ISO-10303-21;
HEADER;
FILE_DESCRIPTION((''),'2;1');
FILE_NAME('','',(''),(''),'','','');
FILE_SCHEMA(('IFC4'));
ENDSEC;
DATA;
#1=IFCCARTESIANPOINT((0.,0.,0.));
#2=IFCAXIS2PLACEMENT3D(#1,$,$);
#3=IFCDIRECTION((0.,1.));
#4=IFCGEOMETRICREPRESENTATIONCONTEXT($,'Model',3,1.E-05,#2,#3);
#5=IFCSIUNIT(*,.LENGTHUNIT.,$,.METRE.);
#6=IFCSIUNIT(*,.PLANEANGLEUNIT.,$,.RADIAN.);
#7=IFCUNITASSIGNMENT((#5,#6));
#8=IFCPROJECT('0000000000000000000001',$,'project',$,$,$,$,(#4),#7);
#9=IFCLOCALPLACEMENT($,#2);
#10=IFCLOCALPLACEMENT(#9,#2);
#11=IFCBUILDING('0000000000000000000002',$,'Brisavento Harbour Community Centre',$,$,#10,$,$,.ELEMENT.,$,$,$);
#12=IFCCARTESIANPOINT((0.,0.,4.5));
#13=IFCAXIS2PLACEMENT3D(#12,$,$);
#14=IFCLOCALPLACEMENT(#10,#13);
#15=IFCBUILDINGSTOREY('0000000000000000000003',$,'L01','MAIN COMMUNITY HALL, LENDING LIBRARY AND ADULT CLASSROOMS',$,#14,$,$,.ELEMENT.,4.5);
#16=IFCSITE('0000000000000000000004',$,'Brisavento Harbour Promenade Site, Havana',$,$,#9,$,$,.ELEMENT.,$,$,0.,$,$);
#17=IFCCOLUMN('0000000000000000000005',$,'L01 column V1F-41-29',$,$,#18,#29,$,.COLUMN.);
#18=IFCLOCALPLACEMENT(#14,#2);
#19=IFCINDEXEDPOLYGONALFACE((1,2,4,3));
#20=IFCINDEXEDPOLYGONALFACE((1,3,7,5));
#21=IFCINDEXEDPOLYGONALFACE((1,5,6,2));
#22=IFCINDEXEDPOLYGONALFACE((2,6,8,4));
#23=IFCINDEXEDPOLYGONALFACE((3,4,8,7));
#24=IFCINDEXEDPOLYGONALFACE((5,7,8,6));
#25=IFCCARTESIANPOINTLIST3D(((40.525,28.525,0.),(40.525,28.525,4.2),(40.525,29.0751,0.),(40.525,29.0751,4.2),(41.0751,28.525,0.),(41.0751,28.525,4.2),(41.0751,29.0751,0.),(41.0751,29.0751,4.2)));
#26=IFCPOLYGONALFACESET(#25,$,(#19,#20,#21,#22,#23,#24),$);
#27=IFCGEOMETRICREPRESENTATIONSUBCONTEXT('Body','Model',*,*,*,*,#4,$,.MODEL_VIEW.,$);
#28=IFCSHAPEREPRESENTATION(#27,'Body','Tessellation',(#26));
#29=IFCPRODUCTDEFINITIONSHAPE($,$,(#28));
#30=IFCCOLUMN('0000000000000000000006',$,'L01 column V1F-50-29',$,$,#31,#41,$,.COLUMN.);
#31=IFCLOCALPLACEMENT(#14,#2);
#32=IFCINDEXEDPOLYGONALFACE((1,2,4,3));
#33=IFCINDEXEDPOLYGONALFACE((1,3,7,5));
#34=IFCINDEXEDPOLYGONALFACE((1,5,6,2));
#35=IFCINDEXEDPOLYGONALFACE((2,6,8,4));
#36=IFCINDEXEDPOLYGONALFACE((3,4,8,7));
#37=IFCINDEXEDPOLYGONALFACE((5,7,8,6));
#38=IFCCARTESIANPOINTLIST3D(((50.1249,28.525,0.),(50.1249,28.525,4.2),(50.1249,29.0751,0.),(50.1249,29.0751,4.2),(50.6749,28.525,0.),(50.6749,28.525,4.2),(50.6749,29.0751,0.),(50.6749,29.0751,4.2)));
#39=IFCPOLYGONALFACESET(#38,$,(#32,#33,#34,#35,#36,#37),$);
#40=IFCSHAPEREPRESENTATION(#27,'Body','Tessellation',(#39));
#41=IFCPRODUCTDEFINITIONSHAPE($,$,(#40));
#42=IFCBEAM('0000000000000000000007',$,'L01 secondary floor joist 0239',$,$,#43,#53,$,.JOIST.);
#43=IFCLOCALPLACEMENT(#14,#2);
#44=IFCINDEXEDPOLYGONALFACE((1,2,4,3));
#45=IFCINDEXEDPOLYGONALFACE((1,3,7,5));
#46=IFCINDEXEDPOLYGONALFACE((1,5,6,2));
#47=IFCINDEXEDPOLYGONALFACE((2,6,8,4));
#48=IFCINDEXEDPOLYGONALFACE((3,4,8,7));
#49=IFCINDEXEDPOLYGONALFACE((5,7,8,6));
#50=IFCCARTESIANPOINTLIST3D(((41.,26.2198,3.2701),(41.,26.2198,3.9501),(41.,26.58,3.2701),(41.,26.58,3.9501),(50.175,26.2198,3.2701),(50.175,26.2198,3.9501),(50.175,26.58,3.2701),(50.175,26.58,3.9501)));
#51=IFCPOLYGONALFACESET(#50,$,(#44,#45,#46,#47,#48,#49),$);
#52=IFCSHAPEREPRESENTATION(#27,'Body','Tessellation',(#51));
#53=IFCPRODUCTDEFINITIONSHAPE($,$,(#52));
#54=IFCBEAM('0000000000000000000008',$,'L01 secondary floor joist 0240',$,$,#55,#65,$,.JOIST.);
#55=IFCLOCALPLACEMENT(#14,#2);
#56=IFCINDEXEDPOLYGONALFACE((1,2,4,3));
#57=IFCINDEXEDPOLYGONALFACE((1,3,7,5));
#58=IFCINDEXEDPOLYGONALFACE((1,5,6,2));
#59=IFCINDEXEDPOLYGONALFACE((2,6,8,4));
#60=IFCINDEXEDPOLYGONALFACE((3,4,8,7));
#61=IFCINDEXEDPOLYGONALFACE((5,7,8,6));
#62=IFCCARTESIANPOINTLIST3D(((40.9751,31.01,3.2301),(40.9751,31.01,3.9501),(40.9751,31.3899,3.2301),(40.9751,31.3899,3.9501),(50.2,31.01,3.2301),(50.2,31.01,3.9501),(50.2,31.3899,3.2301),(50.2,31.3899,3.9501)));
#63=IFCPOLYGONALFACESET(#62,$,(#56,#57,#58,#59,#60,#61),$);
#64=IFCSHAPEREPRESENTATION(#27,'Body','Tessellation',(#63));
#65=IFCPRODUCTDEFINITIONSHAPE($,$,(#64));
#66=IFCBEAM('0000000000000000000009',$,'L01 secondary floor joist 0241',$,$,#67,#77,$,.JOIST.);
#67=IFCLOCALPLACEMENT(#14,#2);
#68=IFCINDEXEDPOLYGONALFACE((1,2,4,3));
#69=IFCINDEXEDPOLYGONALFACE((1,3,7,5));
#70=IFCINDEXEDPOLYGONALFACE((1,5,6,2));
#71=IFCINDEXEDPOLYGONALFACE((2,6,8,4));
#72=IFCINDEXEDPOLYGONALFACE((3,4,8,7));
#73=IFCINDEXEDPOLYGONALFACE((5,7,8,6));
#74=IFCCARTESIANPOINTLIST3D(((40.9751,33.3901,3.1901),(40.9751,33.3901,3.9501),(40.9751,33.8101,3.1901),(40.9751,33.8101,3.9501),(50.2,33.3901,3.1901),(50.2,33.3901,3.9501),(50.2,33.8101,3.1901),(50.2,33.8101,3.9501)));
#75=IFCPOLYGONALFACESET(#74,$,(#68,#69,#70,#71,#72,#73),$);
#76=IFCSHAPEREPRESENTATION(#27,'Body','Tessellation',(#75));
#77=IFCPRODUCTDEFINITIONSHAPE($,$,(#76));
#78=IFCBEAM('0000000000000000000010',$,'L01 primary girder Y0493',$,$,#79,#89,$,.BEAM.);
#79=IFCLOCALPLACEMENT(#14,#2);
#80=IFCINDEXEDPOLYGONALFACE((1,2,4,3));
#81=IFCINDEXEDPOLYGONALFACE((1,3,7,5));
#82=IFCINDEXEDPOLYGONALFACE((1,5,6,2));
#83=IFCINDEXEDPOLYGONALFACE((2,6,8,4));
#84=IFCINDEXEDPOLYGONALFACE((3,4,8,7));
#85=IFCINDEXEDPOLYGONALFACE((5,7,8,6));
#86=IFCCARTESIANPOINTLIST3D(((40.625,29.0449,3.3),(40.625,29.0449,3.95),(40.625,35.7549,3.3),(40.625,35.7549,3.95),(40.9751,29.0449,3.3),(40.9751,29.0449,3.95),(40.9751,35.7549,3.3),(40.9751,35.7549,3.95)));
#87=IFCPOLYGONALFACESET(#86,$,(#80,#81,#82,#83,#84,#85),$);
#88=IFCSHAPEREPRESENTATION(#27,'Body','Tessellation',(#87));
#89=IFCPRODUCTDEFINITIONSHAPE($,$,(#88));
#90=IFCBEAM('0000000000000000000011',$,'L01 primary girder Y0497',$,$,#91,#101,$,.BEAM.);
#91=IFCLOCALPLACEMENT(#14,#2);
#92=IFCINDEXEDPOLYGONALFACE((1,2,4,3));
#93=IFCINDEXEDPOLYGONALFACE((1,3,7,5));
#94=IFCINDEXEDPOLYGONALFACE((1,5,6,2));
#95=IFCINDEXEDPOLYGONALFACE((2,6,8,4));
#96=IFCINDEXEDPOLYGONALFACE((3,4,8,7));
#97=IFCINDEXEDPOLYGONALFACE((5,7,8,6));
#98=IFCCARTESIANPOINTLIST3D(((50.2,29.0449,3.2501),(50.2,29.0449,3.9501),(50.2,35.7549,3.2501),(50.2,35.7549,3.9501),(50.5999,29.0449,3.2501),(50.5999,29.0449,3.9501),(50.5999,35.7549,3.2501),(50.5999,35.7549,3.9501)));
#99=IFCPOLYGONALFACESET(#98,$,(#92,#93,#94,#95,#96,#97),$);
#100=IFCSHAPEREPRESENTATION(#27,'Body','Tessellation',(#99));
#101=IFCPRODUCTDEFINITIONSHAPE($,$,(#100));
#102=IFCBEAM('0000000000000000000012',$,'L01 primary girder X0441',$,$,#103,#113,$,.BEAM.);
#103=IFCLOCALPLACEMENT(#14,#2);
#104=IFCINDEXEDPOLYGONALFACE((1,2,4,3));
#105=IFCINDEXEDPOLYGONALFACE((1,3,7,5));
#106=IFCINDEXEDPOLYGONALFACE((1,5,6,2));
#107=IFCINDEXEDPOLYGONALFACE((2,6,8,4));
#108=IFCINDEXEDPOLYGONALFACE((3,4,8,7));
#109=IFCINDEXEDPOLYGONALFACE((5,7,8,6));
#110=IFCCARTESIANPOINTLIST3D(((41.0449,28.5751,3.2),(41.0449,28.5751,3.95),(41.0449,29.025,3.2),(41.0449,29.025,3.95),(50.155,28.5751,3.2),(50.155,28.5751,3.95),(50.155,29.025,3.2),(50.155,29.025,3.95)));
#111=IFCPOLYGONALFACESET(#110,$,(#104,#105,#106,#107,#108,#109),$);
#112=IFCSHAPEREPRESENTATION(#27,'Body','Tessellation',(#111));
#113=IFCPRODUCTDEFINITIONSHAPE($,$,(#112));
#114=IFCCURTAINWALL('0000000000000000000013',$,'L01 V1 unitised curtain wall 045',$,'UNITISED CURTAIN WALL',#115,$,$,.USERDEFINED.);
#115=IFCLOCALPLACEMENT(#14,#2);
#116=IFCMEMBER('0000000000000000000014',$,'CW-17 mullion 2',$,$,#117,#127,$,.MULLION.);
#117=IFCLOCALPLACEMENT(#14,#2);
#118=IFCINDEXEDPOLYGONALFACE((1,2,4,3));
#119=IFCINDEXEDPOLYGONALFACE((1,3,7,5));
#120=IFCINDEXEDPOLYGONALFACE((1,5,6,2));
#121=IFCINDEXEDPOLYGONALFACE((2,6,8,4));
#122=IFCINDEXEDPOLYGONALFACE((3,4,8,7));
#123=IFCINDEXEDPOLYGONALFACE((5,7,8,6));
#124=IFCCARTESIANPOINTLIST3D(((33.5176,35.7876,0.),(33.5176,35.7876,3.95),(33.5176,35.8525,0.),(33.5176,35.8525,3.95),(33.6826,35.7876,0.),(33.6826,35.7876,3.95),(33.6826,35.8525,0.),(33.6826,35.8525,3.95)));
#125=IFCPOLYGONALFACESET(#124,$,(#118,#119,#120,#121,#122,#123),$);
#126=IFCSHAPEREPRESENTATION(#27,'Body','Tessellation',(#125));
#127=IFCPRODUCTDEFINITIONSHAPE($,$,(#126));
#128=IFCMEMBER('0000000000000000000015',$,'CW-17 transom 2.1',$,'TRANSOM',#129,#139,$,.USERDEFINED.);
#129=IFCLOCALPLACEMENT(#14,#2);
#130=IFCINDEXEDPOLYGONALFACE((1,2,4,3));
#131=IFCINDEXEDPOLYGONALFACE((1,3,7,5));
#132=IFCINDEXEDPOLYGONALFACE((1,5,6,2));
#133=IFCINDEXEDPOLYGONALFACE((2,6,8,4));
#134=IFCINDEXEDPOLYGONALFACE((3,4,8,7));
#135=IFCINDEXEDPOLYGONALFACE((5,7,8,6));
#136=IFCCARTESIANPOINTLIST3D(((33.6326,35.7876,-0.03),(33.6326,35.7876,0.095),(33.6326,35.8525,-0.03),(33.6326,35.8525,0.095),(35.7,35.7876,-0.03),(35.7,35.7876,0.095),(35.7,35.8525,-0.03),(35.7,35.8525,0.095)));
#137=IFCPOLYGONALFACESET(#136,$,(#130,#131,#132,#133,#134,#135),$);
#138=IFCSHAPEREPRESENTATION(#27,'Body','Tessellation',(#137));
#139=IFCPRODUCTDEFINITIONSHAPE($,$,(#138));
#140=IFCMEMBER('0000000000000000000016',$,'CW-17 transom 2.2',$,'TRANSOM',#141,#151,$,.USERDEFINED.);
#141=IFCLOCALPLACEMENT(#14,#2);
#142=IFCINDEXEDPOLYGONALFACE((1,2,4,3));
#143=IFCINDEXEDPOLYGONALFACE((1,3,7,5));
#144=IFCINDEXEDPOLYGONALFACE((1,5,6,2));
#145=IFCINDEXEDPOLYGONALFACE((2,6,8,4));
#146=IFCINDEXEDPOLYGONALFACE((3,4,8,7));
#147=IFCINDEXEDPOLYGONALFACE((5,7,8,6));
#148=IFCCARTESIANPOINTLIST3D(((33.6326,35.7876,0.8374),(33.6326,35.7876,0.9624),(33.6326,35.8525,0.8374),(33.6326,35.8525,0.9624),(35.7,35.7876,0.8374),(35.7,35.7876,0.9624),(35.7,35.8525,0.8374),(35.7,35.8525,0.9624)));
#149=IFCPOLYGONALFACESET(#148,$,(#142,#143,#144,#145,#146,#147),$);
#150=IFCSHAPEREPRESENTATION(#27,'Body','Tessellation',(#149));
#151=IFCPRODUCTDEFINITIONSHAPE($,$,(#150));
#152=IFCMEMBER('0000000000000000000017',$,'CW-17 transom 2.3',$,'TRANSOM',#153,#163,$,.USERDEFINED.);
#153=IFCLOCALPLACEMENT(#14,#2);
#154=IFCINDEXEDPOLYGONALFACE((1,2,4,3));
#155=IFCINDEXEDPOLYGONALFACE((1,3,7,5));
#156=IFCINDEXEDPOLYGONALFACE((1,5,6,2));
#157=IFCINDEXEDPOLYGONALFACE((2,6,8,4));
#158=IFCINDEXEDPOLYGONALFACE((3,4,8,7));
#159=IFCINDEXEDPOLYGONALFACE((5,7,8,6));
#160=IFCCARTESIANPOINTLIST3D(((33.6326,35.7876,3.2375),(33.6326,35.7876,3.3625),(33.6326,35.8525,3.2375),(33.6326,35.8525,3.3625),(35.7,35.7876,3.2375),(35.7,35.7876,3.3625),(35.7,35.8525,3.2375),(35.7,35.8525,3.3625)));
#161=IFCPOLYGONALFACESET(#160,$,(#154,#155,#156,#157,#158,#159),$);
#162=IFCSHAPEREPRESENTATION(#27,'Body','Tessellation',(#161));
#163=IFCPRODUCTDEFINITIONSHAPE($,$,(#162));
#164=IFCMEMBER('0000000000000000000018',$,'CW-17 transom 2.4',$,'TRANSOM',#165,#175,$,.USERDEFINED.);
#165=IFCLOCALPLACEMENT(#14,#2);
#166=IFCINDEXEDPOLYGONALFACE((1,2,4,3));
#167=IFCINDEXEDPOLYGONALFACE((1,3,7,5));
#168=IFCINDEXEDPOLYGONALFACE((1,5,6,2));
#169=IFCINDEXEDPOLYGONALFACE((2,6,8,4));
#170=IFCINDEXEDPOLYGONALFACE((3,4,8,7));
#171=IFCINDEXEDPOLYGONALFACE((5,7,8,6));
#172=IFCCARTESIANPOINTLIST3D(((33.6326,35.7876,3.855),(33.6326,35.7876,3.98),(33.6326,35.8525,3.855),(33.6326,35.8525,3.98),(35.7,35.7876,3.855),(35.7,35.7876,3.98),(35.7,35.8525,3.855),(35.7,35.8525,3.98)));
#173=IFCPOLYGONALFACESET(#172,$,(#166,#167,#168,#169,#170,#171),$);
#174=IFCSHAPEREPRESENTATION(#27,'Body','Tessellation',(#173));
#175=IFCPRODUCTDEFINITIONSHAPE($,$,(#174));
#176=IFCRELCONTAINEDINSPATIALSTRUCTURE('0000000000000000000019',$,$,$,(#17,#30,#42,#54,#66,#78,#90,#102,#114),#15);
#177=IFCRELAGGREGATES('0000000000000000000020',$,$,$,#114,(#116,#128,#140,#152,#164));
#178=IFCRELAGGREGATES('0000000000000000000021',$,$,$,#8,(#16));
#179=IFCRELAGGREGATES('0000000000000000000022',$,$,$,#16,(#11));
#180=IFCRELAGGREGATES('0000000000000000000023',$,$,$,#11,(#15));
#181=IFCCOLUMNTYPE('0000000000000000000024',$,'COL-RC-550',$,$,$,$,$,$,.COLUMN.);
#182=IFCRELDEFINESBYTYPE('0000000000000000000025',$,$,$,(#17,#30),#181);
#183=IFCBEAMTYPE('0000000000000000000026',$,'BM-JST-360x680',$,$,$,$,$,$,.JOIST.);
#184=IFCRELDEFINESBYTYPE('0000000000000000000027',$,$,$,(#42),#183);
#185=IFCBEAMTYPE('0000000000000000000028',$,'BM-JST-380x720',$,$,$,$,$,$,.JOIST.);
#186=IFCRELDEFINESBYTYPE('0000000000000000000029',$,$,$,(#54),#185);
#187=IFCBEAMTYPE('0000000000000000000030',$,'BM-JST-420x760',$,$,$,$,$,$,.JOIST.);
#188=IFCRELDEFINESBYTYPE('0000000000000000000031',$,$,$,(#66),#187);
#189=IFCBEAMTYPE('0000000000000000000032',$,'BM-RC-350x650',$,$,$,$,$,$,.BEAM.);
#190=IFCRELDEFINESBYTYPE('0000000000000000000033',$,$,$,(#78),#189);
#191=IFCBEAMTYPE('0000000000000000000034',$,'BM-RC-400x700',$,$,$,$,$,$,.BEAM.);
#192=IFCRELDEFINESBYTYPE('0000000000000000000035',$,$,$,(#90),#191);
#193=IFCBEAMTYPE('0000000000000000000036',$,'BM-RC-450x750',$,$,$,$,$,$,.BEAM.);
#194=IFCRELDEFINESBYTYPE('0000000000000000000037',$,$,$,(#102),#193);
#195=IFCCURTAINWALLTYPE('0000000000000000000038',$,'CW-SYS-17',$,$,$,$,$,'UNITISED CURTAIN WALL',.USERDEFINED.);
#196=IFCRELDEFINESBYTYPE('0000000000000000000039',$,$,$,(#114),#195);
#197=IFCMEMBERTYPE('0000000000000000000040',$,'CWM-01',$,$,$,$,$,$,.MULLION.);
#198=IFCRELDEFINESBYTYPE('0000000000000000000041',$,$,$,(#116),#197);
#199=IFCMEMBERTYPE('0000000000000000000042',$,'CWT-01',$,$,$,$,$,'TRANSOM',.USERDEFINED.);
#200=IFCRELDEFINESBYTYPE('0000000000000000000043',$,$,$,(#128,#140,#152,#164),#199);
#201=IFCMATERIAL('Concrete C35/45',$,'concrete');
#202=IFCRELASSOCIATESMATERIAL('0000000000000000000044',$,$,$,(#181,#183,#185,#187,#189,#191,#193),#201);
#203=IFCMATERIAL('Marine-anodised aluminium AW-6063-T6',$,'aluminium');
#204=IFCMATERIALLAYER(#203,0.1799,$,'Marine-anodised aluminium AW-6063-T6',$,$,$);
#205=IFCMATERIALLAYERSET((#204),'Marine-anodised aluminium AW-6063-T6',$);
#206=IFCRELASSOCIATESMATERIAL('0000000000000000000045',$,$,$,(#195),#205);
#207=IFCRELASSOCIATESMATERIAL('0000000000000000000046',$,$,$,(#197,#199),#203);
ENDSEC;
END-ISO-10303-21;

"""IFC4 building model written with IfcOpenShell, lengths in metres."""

from ifc_helpers import new_model, si_unit, direction, frame, origin, origin_2d, place, context, subcontext, project, spatial, rectangle, extrude, material, layer, layer_set, material_profile, profile_set, type_object, element, aggregate, save


model = new_model("IFC4")

# Units and contexts
model_context = context("Model", 3, precision=1e-05, world=origin(), true_north=direction((0.0, 1.0)))
body_context = subcontext(model_context, "Body", "Model", "MODEL_VIEW")
ifc_project = project(units=[si_unit("LENGTHUNIT", "METRE"), si_unit("PLANEANGLEUNIT", "RADIAN")], contexts=[model_context])

# Site, building, storey
site_placement = place(None, origin())
site = spatial("IfcSite", under=ifc_project, at=site_placement, Name="Brisavento Harbour Promenade Site, Havana", CompositionType="ELEMENT", RefElevation=0.0)
building_placement = place(site_placement, origin())
building = spatial("IfcBuilding", under=site, at=building_placement, Name="Brisavento Harbour Community Centre", CompositionType="ELEMENT")
storey_placement = place(building_placement, frame((0.0, 0.0, 4.5)))
storey = spatial("IfcBuildingStorey", under=building, at=storey_placement, Name="L01", Description="MAIN COMMUNITY HALL, LENDING LIBRARY AND ADULT CLASSROOMS", CompositionType="ELEMENT", Elevation=4.5)

# Columns
ifc_material_1 = material(Name="Concrete C35/45", Category="concrete")
ifc_material_profile_1 = material_profile(ifc_material_1, rectangle(XDim=0.55, YDim=0.55, at=origin_2d()), Name="Concrete C35/45")
ifc_profile_set_1 = profile_set([ifc_material_profile_1], Name="Concrete C35/45")
column_type = type_object("IfcColumnType", Name="COL-RC-550", PredefinedType="COLUMN", material=ifc_profile_set_1)
for number, where, z_axis, x_axis, name in (
    (1, (40.8, 28.8, 0.0), (0.0, 0.0, 1.0), (1.0, 0.0, 0.0), "L01 column V1F-41-29"),
    (2, (50.3999, 28.8, 0.0), (0.0, 0.0, 1.0), (1.0, 0.0, 0.0), "L01 column V1F-50-29"),
):
    element("IfcColumn", number, at=place(storey_placement, frame(where, z_axis=z_axis, x_axis=x_axis)), inside=storey, type_object=column_type, Name=name, PredefinedType="COLUMN", context=body_context, shape_type="SweptSolid", body=[
        extrude(rectangle(XDim=0.55, YDim=0.55, at=origin_2d()), origin(), (0.0, 0.0, 1.0), 4.2),
    ])

# Beams
ifc_material_profile_2 = material_profile(ifc_material_1, rectangle(XDim=0.3601, YDim=0.6799, at=origin_2d()), Name="Concrete C35/45")
ifc_profile_set_2 = profile_set([ifc_material_profile_2], Name="Concrete C35/45")
beam_type_1 = type_object("IfcBeamType", Name="BM-JST-360x680", PredefinedType="JOIST", material=ifc_profile_set_2)
beam_1_placement = place(storey_placement, frame((41.0, 26.3999, 3.6101), z_axis=(1.0, 0.0, 0.0), x_axis=(0.0, 1.0, 0.0)))
element("IfcBeam", 3, at=beam_1_placement, inside=storey, type_object=beam_type_1, Name="L01 secondary floor joist 0239", PredefinedType="JOIST", context=body_context, shape_type="SweptSolid", body=[
    extrude(rectangle(XDim=0.3601, YDim=0.6799, at=origin_2d()), origin(), (0.0, 0.0, 1.0), 9.175),
])
ifc_material_profile_3 = material_profile(ifc_material_1, rectangle(XDim=0.3799, YDim=0.72, at=origin_2d()), Name="Concrete C35/45")
ifc_profile_set_3 = profile_set([ifc_material_profile_3], Name="Concrete C35/45")
beam_type_2 = type_object("IfcBeamType", Name="BM-JST-380x720", PredefinedType="JOIST", material=ifc_profile_set_3)
beam_2_placement = place(storey_placement, frame((40.9751, 31.2, 3.5901), z_axis=(1.0, 0.0, 0.0), x_axis=(0.0, 1.0, 0.0)))
element("IfcBeam", 4, at=beam_2_placement, inside=storey, type_object=beam_type_2, Name="L01 secondary floor joist 0240", PredefinedType="JOIST", context=body_context, shape_type="SweptSolid", body=[
    extrude(rectangle(XDim=0.3799, YDim=0.72, at=origin_2d()), origin(), (0.0, 0.0, 1.0), 9.2249),
])
ifc_material_profile_4 = material_profile(ifc_material_1, rectangle(XDim=0.4199, YDim=0.76, at=origin_2d()), Name="Concrete C35/45")
ifc_profile_set_4 = profile_set([ifc_material_profile_4], Name="Concrete C35/45")
beam_type_3 = type_object("IfcBeamType", Name="BM-JST-420x760", PredefinedType="JOIST", material=ifc_profile_set_4)
beam_3_placement = place(storey_placement, frame((40.9751, 33.6001, 3.5701), z_axis=(1.0, 0.0, 0.0), x_axis=(0.0, 1.0, 0.0)))
element("IfcBeam", 5, at=beam_3_placement, inside=storey, type_object=beam_type_3, Name="L01 secondary floor joist 0241", PredefinedType="JOIST", context=body_context, shape_type="SweptSolid", body=[
    extrude(rectangle(XDim=0.4199, YDim=0.76, at=origin_2d()), origin(), (0.0, 0.0, 1.0), 9.2249),
])
ifc_material_profile_5 = material_profile(ifc_material_1, rectangle(XDim=0.3501, YDim=0.6499, at=origin_2d()), Name="Concrete C35/45")
ifc_profile_set_5 = profile_set([ifc_material_profile_5], Name="Concrete C35/45")
beam_type_4 = type_object("IfcBeamType", Name="BM-RC-350x650", PredefinedType="BEAM", material=ifc_profile_set_5)
beam_4_placement = place(storey_placement, frame((40.8, 29.0449, 3.625), z_axis=(0.0, 1.0, 0.0), x_axis=(-1.0, 0.0, 0.0)))
element("IfcBeam", 6, at=beam_4_placement, inside=storey, type_object=beam_type_4, Name="L01 primary girder Y0493", PredefinedType="BEAM", context=body_context, shape_type="SweptSolid", body=[
    extrude(rectangle(XDim=0.3501, YDim=0.6499, at=origin_2d()), origin(), (0.0, 0.0, 1.0), 6.71),
])
ifc_material_profile_6 = material_profile(ifc_material_1, rectangle(XDim=0.3999, YDim=0.7, at=origin_2d()), Name="Concrete C35/45")
ifc_profile_set_6 = profile_set([ifc_material_profile_6], Name="Concrete C35/45")
beam_type_5 = type_object("IfcBeamType", Name="BM-RC-400x700", PredefinedType="BEAM", material=ifc_profile_set_6)
beam_5_placement = place(storey_placement, frame((50.3999, 29.0449, 3.6001), z_axis=(0.0, 1.0, 0.0), x_axis=(-1.0, 0.0, 0.0)))
element("IfcBeam", 7, at=beam_5_placement, inside=storey, type_object=beam_type_5, Name="L01 primary girder Y0497", PredefinedType="BEAM", context=body_context, shape_type="SweptSolid", body=[
    extrude(rectangle(XDim=0.3999, YDim=0.7, at=origin_2d()), origin(), (0.0, 0.0, 1.0), 6.71),
])
ifc_material_profile_7 = material_profile(ifc_material_1, rectangle(XDim=0.45, YDim=0.75, at=origin_2d()), Name="Concrete C35/45")
ifc_profile_set_7 = profile_set([ifc_material_profile_7], Name="Concrete C35/45")
beam_type_6 = type_object("IfcBeamType", Name="BM-RC-450x750", PredefinedType="BEAM", material=ifc_profile_set_7)
beam_6_placement = place(storey_placement, frame((41.0449, 28.8, 3.575), z_axis=(1.0, 0.0, 0.0), x_axis=(0.0, 1.0, 0.0)))
element("IfcBeam", 8, at=beam_6_placement, inside=storey, type_object=beam_type_6, Name="L01 primary girder X0441", PredefinedType="BEAM", context=body_context, shape_type="SweptSolid", body=[
    extrude(rectangle(XDim=0.45, YDim=0.75, at=origin_2d()), origin(), (0.0, 0.0, 1.0), 9.1101),
])

# Curtain wall, members
ifc_material_2 = material(Name="Marine-anodised aluminium AW-6063-T6", Category="aluminium")
ifc_layer_1 = layer(ifc_material_2, 0.1799, Name="Marine-anodised aluminium AW-6063-T6")
ifc_layer_set_1 = layer_set([ifc_layer_1], Name="Marine-anodised aluminium AW-6063-T6")
curtain_wall_type = type_object("IfcCurtainWallType", Name="CW-SYS-17", ElementType="UNITISED CURTAIN WALL", PredefinedType="USERDEFINED", material=ifc_layer_set_1)
curtain_wall_placement = place(storey_placement, origin())
curtain_wall = element("IfcCurtainWall", 9, at=curtain_wall_placement, inside=storey, type_object=curtain_wall_type, Name="L01 V1 unitised curtain wall 045", ObjectType="UNITISED CURTAIN WALL", PredefinedType="USERDEFINED")
ifc_material_profile_8 = material_profile(ifc_material_2, rectangle(XDim=0.0649, YDim=0.165, at=origin_2d()), Name="Marine-anodised aluminium AW-6063-T6")
ifc_profile_set_8 = profile_set([ifc_material_profile_8], Name="Marine-anodised aluminium AW-6063-T6")
member_type_1 = type_object("IfcMemberType", Name="CWM-01", PredefinedType="MULLION", material=ifc_profile_set_8)
member_1_placement = place(storey_placement, frame((33.6001, 35.8201, 0.0), z_axis=(0.0, 0.0, 1.0), x_axis=(0.0, 1.0, 0.0)))
member_1 = element("IfcMember", 10, at=member_1_placement, type_object=member_type_1, Name="CW-17 mullion 2", PredefinedType="MULLION", context=body_context, shape_type="SweptSolid", body=[
    extrude(rectangle(XDim=0.0649, YDim=0.165, at=origin_2d()), origin(), (0.0, 0.0, 1.0), 3.95),
])
ifc_material_profile_9 = material_profile(ifc_material_2, rectangle(XDim=0.0649, YDim=0.125, at=origin_2d()), Name="Marine-anodised aluminium AW-6063-T6")
ifc_profile_set_9 = profile_set([ifc_material_profile_9], Name="Marine-anodised aluminium AW-6063-T6")
member_type_2 = type_object("IfcMemberType", Name="CWT-01", ElementType="TRANSOM", PredefinedType="USERDEFINED", material=ifc_profile_set_9)
member_2_placement = place(storey_placement, frame((33.6326, 35.8201, 0.0325), z_axis=(1.0, 0.0, 0.0), x_axis=(0.0, 1.0, 0.0)))
member_2 = element("IfcMember", 11, at=member_2_placement, type_object=member_type_2, Name="CW-17 transom 2.1", ObjectType="TRANSOM", PredefinedType="USERDEFINED", context=body_context, shape_type="SweptSolid", body=[
    extrude(rectangle(XDim=0.0649, YDim=0.125, at=origin_2d()), origin(), (0.0, 0.0, 1.0), 2.0674),
])
member_3_placement = place(storey_placement, frame((33.6326, 35.8201, 0.8999), z_axis=(1.0, 0.0, 0.0), x_axis=(0.0, 1.0, 0.0)))
member_3 = element("IfcMember", 12, at=member_3_placement, type_object=member_type_2, Name="CW-17 transom 2.2", ObjectType="TRANSOM", PredefinedType="USERDEFINED", context=body_context, shape_type="SweptSolid", body=[
    extrude(rectangle(XDim=0.0649, YDim=0.125, at=origin_2d()), origin(), (0.0, 0.0, 1.0), 2.0674),
])
member_4_placement = place(storey_placement, frame((33.6326, 35.8201, 3.3), z_axis=(1.0, 0.0, 0.0), x_axis=(0.0, 1.0, 0.0)))
member_4 = element("IfcMember", 13, at=member_4_placement, type_object=member_type_2, Name="CW-17 transom 2.3", ObjectType="TRANSOM", PredefinedType="USERDEFINED", context=body_context, shape_type="SweptSolid", body=[
    extrude(rectangle(XDim=0.0649, YDim=0.125, at=origin_2d()), origin(), (0.0, 0.0, 1.0), 2.0674),
])
member_5_placement = place(storey_placement, frame((33.6326, 35.8201, 3.9175), z_axis=(1.0, 0.0, 0.0), x_axis=(0.0, 1.0, 0.0)))
member_5 = element("IfcMember", 14, at=member_5_placement, type_object=member_type_2, Name="CW-17 transom 2.4", ObjectType="TRANSOM", PredefinedType="USERDEFINED", context=body_context, shape_type="SweptSolid", body=[
    extrude(rectangle(XDim=0.0649, YDim=0.125, at=origin_2d()), origin(), (0.0, 0.0, 1.0), 2.0674),
])
aggregate(curtain_wall, [member_1, member_2, member_3, member_4, member_5])

save(model, "model.ifc")
